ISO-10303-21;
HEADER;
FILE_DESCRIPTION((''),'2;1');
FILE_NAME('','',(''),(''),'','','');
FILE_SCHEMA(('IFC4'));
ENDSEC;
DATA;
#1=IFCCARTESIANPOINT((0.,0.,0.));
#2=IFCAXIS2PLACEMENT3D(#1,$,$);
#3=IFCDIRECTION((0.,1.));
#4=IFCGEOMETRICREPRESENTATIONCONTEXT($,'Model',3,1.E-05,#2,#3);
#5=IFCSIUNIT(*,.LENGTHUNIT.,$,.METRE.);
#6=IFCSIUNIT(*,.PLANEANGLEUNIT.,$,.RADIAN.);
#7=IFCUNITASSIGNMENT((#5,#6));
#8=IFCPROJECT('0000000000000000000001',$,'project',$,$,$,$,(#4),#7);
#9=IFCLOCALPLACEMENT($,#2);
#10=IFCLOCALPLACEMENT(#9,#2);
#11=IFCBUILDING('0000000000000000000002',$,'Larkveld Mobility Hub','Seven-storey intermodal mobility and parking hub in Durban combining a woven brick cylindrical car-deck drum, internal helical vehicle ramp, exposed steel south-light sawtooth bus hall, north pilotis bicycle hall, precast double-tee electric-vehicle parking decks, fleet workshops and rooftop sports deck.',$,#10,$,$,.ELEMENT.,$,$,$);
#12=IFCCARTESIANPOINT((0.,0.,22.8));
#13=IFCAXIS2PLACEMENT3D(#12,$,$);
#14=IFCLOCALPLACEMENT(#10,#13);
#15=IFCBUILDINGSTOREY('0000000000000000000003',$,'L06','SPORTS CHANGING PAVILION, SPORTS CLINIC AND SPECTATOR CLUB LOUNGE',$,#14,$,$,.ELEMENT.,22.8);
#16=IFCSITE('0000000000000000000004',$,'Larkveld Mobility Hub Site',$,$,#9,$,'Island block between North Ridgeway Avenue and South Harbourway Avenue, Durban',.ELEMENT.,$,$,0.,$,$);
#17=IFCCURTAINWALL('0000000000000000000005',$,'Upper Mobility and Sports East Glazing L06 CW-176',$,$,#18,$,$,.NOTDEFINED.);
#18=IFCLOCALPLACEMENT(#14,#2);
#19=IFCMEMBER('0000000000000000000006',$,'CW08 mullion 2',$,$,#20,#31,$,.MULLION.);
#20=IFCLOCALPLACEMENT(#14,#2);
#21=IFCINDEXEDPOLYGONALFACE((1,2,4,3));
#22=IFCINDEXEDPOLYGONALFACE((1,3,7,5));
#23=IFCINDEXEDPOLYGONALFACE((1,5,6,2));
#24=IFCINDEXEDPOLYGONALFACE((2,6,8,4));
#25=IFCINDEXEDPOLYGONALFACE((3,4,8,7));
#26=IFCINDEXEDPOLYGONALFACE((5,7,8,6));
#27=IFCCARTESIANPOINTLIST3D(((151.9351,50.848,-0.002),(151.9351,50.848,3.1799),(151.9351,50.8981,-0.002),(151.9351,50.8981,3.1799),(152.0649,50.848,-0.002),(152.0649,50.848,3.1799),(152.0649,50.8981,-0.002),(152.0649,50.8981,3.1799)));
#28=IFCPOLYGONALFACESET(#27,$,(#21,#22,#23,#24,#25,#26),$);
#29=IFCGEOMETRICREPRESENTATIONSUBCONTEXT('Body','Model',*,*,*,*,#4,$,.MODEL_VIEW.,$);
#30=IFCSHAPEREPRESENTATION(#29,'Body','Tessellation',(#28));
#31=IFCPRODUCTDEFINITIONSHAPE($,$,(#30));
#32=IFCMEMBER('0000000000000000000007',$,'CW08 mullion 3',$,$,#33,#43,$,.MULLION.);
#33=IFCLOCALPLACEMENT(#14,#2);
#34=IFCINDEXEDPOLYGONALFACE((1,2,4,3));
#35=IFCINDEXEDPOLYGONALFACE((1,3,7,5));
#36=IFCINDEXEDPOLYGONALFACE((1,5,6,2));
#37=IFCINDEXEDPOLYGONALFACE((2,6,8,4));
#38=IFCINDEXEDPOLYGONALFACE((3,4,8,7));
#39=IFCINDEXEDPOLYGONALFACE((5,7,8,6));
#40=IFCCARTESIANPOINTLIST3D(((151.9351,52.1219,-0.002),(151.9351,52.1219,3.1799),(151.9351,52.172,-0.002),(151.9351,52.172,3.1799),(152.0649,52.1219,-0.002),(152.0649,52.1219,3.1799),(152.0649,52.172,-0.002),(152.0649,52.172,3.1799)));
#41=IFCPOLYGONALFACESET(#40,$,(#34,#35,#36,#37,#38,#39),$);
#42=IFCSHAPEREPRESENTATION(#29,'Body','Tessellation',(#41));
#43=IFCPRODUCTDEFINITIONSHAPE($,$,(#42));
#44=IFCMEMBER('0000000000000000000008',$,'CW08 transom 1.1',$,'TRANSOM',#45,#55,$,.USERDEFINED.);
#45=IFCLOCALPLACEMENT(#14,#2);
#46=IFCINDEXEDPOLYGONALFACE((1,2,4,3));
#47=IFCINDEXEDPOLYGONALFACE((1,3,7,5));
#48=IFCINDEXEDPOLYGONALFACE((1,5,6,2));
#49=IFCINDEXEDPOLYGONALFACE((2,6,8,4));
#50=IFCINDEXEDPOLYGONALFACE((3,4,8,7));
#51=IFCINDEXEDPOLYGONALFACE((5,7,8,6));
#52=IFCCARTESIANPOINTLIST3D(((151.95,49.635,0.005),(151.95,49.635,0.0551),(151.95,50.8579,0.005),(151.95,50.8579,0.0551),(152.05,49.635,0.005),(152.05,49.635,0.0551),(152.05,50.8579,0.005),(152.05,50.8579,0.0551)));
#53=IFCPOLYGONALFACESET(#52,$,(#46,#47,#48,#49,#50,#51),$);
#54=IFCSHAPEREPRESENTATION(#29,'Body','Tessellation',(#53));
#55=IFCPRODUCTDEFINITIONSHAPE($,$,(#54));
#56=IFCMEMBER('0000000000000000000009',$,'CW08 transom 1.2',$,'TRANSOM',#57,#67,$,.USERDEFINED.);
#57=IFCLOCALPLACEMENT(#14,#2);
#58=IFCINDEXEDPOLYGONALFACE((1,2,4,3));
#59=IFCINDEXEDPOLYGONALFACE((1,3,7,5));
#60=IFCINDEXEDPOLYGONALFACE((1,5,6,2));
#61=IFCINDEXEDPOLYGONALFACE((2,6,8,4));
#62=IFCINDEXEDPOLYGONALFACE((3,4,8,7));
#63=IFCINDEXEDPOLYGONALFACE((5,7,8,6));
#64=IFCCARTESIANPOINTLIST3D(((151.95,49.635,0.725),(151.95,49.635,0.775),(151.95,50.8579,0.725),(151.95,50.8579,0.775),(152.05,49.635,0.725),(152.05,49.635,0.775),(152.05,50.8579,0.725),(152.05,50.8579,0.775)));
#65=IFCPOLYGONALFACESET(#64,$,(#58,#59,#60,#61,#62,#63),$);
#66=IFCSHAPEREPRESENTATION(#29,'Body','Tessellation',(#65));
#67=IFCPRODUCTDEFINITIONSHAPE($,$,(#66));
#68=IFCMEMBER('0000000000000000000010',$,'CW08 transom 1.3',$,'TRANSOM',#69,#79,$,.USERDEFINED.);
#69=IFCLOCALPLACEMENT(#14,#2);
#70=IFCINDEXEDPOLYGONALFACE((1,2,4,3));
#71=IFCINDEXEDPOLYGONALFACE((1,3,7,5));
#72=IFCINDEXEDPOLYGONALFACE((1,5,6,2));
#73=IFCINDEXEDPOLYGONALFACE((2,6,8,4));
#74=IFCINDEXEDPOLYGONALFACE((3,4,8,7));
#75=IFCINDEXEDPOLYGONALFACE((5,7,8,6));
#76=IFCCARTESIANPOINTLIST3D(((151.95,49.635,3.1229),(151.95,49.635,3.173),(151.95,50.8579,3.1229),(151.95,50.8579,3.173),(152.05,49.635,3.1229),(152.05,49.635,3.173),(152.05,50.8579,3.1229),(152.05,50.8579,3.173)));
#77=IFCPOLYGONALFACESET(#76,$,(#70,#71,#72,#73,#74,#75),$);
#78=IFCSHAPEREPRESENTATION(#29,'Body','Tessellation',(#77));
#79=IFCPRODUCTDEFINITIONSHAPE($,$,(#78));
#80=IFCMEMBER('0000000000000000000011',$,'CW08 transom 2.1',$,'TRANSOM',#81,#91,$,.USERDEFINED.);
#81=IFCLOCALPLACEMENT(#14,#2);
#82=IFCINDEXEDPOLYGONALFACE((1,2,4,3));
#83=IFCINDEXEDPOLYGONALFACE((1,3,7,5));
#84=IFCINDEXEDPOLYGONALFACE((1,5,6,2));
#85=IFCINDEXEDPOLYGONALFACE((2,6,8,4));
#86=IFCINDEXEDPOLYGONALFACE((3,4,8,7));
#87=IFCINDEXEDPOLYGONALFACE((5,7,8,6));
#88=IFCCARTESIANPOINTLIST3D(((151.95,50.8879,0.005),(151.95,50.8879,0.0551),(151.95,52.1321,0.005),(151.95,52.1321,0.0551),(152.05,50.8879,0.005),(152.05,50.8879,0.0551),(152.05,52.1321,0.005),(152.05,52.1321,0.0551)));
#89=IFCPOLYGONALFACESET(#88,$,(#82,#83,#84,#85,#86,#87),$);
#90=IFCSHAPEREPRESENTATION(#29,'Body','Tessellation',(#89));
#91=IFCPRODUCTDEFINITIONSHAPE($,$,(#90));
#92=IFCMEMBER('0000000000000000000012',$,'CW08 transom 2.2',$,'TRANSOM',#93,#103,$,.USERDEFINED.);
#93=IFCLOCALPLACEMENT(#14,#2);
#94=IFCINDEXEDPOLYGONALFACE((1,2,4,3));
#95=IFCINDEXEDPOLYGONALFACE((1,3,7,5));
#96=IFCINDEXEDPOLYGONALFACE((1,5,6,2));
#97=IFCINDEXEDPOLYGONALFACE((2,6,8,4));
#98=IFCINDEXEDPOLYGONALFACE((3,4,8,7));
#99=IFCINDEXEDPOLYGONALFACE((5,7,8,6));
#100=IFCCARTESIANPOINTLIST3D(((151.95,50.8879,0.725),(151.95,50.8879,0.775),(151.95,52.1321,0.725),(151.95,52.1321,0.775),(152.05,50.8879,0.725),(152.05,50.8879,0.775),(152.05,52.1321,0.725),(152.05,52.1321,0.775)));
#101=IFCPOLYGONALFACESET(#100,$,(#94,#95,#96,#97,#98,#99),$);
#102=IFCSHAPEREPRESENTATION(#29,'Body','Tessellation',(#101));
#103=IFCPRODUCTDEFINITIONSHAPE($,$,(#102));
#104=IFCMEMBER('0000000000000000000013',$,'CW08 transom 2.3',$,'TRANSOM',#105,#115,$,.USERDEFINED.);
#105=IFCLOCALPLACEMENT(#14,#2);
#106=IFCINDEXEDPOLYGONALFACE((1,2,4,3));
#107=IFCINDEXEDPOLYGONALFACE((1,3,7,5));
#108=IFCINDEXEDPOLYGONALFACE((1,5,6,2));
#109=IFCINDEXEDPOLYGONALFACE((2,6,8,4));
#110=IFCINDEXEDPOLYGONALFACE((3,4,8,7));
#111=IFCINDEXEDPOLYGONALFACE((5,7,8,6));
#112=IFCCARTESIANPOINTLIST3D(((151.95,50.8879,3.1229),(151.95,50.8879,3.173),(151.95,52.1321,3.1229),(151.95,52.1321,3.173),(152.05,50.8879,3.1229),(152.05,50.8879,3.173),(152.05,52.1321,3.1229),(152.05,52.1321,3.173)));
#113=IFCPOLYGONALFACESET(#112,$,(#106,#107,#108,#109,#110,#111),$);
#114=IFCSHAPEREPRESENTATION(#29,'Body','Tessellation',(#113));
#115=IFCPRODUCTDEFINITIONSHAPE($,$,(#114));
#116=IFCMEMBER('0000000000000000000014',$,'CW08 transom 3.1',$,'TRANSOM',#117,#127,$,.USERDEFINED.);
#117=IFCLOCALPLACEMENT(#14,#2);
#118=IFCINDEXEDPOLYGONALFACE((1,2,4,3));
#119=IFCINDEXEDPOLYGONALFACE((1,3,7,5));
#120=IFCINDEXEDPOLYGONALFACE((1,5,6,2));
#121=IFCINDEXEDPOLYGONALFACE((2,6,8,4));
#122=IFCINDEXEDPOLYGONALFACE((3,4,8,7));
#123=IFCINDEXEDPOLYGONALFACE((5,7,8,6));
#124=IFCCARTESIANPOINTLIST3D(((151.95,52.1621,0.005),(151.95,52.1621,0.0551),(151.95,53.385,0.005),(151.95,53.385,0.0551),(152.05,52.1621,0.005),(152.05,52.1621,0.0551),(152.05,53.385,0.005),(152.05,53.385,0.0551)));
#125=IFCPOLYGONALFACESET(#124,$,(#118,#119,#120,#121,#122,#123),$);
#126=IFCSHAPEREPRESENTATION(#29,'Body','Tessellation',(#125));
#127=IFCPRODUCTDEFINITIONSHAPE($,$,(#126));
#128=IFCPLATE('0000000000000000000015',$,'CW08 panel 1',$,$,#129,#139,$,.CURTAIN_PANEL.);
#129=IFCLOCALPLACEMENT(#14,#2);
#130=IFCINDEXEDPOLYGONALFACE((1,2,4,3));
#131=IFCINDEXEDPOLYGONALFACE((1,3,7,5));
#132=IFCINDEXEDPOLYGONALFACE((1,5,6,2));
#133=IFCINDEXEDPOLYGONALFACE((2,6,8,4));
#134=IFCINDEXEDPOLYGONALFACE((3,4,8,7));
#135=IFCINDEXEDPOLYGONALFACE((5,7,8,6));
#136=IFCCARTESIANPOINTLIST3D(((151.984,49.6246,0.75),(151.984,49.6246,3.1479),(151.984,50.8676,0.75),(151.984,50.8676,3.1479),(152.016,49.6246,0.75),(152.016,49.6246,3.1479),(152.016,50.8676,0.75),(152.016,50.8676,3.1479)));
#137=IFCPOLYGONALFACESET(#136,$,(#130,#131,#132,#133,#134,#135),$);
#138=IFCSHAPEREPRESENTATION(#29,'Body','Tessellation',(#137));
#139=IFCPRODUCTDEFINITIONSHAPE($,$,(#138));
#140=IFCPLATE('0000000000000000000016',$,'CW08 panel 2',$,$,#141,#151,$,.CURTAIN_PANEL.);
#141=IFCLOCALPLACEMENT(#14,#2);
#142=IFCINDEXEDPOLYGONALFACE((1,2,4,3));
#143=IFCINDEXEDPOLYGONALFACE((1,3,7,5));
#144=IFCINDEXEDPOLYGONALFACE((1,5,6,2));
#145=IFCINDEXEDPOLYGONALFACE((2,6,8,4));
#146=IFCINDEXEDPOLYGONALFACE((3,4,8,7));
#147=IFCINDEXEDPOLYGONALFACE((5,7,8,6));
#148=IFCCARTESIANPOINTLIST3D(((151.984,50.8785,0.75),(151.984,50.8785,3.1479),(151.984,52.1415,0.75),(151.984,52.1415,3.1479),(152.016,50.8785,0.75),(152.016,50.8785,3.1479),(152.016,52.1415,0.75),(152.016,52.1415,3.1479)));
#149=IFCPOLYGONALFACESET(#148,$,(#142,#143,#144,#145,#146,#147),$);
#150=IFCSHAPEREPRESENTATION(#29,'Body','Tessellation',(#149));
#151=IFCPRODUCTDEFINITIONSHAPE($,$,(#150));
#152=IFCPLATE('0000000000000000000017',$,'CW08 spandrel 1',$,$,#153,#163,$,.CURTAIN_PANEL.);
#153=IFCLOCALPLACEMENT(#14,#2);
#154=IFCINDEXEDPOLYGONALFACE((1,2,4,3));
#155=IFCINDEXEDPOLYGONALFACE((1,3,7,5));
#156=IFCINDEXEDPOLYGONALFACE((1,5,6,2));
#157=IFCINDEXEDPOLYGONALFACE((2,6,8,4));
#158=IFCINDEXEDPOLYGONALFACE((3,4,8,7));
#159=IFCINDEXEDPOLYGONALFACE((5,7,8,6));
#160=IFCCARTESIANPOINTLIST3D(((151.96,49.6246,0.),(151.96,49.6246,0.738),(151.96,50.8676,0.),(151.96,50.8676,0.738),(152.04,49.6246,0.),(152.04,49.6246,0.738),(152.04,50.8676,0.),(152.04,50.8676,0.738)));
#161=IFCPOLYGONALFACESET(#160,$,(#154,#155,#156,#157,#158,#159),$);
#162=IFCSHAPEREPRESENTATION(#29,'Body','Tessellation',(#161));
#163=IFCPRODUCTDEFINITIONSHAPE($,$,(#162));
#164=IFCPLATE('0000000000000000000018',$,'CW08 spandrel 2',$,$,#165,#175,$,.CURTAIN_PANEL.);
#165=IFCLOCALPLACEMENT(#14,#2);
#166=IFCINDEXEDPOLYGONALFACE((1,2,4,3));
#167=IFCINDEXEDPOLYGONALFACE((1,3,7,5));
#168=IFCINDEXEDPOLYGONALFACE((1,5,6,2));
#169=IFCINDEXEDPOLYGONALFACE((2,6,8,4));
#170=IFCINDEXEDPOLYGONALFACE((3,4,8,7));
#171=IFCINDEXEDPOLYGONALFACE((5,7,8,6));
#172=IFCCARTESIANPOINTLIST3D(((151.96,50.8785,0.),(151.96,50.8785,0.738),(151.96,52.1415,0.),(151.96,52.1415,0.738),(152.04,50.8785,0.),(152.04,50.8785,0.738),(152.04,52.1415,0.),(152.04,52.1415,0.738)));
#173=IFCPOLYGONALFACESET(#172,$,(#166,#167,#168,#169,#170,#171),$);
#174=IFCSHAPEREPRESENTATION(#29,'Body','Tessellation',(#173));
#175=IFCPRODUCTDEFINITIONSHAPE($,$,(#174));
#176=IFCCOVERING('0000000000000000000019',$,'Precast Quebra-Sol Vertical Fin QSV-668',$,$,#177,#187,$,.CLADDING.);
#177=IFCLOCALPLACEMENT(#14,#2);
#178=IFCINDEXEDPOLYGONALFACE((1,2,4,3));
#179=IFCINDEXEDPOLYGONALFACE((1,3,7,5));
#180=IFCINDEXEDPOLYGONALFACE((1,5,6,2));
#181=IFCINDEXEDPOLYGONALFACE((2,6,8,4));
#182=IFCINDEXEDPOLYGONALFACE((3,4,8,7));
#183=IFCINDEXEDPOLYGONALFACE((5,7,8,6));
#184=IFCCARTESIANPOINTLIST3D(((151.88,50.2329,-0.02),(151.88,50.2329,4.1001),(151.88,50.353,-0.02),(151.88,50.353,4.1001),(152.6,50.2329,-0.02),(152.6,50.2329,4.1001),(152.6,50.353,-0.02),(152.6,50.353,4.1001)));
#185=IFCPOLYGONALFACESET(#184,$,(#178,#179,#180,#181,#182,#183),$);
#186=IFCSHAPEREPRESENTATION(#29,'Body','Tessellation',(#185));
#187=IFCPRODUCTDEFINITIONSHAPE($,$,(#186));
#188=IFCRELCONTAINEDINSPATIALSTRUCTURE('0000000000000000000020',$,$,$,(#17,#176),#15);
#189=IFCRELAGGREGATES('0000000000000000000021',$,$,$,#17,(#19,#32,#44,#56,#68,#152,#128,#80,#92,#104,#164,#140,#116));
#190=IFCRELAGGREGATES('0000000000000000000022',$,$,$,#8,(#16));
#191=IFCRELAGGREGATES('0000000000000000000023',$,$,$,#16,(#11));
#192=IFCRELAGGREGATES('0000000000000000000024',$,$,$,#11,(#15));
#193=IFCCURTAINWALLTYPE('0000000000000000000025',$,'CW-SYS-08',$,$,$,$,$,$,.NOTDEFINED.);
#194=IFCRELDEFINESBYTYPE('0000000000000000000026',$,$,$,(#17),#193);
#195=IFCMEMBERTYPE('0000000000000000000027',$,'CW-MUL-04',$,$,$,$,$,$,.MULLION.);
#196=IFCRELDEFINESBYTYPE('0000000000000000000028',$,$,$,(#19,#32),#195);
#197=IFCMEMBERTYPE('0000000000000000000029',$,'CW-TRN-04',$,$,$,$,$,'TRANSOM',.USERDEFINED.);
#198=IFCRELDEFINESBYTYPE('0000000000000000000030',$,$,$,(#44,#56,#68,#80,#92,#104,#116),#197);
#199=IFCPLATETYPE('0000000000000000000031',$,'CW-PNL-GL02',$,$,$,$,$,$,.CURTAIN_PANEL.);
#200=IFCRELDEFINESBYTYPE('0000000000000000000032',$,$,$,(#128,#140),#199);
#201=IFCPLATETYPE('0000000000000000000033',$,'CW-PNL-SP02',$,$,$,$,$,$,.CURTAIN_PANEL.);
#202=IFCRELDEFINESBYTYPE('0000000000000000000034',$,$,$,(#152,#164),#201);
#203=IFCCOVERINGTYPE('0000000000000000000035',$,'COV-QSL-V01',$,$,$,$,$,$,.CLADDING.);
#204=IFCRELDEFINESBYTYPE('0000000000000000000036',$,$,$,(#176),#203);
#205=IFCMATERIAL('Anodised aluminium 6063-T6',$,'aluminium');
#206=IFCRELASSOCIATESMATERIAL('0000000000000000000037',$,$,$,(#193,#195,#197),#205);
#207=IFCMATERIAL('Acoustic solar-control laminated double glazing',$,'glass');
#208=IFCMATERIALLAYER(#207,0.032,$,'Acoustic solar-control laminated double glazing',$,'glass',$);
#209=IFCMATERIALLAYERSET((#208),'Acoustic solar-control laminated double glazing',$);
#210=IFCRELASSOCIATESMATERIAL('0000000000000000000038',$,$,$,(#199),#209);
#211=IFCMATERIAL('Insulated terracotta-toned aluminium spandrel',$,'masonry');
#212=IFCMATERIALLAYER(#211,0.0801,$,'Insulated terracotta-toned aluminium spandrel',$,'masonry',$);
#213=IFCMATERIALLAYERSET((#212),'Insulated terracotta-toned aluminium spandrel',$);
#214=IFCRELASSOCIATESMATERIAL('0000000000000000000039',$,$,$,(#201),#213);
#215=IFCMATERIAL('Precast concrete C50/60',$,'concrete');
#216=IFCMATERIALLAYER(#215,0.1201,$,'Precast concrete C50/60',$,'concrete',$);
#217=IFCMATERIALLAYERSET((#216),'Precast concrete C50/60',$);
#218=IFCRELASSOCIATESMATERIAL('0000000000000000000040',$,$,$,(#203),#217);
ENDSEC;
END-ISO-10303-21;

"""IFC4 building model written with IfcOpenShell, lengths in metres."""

from ifc_helpers import new_model, si_unit, direction, frame, origin, origin_2d, place, context, subcontext, project, spatial, rectangle, extrude, material, layer, layer_set, material_profile, profile_set, type_object, element, aggregate, save


model = new_model("IFC4")

# Units and contexts
model_context = context("Model", 3, precision=1e-05, world=origin(), true_north=direction((0.0, 1.0)))
body_context = subcontext(model_context, "Body", "Model", "MODEL_VIEW")
ifc_project = project(units=[si_unit("LENGTHUNIT", "METRE"), si_unit("PLANEANGLEUNIT", "RADIAN")], contexts=[model_context])

# Site, building, storey
site_placement = place(None, origin())
site = spatial("IfcSite", under=ifc_project, at=site_placement, Name="Larkveld Mobility Hub Site", LongName="Island block between North Ridgeway Avenue and South Harbourway Avenue, Durban", CompositionType="ELEMENT", RefElevation=0.0)
building_placement = place(site_placement, origin())
building = spatial("IfcBuilding", under=site, at=building_placement, Name="Larkveld Mobility Hub", Description="Seven-storey intermodal mobility and parking hub in Durban combining a woven brick cylindrical car-deck drum, internal helical vehicle ramp, exposed steel south-light sawtooth bus hall, north pilotis bicycle hall, precast double-tee electric-vehicle parking decks, fleet workshops and rooftop sports deck.", CompositionType="ELEMENT")
storey_placement = place(building_placement, frame((0.0, 0.0, 22.8)))
storey = spatial("IfcBuildingStorey", under=building, at=storey_placement, Name="L06", Description="SPORTS CHANGING PAVILION, SPORTS CLINIC AND SPECTATOR CLUB LOUNGE", CompositionType="ELEMENT", Elevation=22.8)

# Curtain wall, members, plates
ifc_material_1 = material(Name="Anodised aluminium 6063-T6", Category="aluminium")
curtain_wall_type = type_object("IfcCurtainWallType", Name="CW-SYS-08", PredefinedType="NOTDEFINED", material=ifc_material_1)
curtain_wall_placement = place(storey_placement, origin())
curtain_wall = element("IfcCurtainWall", 1, at=curtain_wall_placement, inside=storey, type_object=curtain_wall_type, Name="Upper Mobility and Sports East Glazing L06 CW-176", PredefinedType="NOTDEFINED")
ifc_material_profile_1 = material_profile(ifc_material_1, rectangle(XDim=0.05, YDim=0.1299, at=origin_2d()), Name="ALU MULL 50x130")
ifc_profile_set_1 = profile_set([ifc_material_profile_1], Name="Anodised aluminium 6063-T6")
member_type_1 = type_object("IfcMemberType", Name="CW-MUL-04", PredefinedType="MULLION", material=ifc_profile_set_1)
member_1_placement = place(storey_placement, frame((152.0, 50.873, -0.002), z_axis=(0.0, 0.0, 1.0), x_axis=(0.0, 1.0, 0.0)))
member_1 = element("IfcMember", 2, at=member_1_placement, type_object=member_type_1, Name="CW08 mullion 2", PredefinedType="MULLION", context=body_context, shape_type="SweptSolid", body=[
    extrude(rectangle(XDim=0.05, YDim=0.1299, at=origin_2d()), origin(), (0.0, 0.0, 1.0), 3.1819),
])
member_2_placement = place(storey_placement, frame((152.0, 52.147, -0.002), z_axis=(0.0, 0.0, 1.0), x_axis=(0.0, 1.0, 0.0)))
member_2 = element("IfcMember", 3, at=member_2_placement, type_object=member_type_1, Name="CW08 mullion 3", PredefinedType="MULLION", context=body_context, shape_type="SweptSolid", body=[
    extrude(rectangle(XDim=0.05, YDim=0.1299, at=origin_2d()), origin(), (0.0, 0.0, 1.0), 3.1819),
])
ifc_material_profile_2 = material_profile(ifc_material_1, rectangle(XDim=0.1001, YDim=0.05, at=origin_2d()), Name="ALU TRAN 50x100")
ifc_profile_set_2 = profile_set([ifc_material_profile_2], Name="Anodised aluminium 6063-T6")
member_type_2 = type_object("IfcMemberType", Name="CW-TRN-04", ElementType="TRANSOM", PredefinedType="USERDEFINED", material=ifc_profile_set_2)
member_3_placement = place(storey_placement, frame((152.0, 49.635, 0.03), z_axis=(0.0, 1.0, 0.0), x_axis=(-1.0, 0.0, 0.0)))
member_3 = element("IfcMember", 4, at=member_3_placement, type_object=member_type_2, Name="CW08 transom 1.1", ObjectType="TRANSOM", PredefinedType="USERDEFINED", context=body_context, shape_type="SweptSolid", body=[
    extrude(rectangle(XDim=0.1001, YDim=0.05, at=origin_2d()), origin(), (0.0, 0.0, 1.0), 1.2229),
])
member_4_placement = place(storey_placement, frame((152.0, 49.635, 0.75), z_axis=(0.0, 1.0, 0.0), x_axis=(-1.0, 0.0, 0.0)))
member_4 = element("IfcMember", 5, at=member_4_placement, type_object=member_type_2, Name="CW08 transom 1.2", ObjectType="TRANSOM", PredefinedType="USERDEFINED", context=body_context, shape_type="SweptSolid", body=[
    extrude(rectangle(XDim=0.1001, YDim=0.05, at=origin_2d()), origin(), (0.0, 0.0, 1.0), 1.2229),
])
member_5_placement = place(storey_placement, frame((152.0, 49.635, 3.1479), z_axis=(0.0, 1.0, 0.0), x_axis=(-1.0, 0.0, 0.0)))
member_5 = element("IfcMember", 6, at=member_5_placement, type_object=member_type_2, Name="CW08 transom 1.3", ObjectType="TRANSOM", PredefinedType="USERDEFINED", context=body_context, shape_type="SweptSolid", body=[
    extrude(rectangle(XDim=0.1001, YDim=0.05, at=origin_2d()), origin(), (0.0, 0.0, 1.0), 1.2229),
])
member_6_placement = place(storey_placement, frame((152.0, 50.8879, 0.03), z_axis=(0.0, 1.0, 0.0), x_axis=(-1.0, 0.0, 0.0)))
member_6 = element("IfcMember", 7, at=member_6_placement, type_object=member_type_2, Name="CW08 transom 2.1", ObjectType="TRANSOM", PredefinedType="USERDEFINED", context=body_context, shape_type="SweptSolid", body=[
    extrude(rectangle(XDim=0.1001, YDim=0.05, at=origin_2d()), origin(), (0.0, 0.0, 1.0), 1.2441),
])
member_7_placement = place(storey_placement, frame((152.0, 50.8879, 0.75), z_axis=(0.0, 1.0, 0.0), x_axis=(-1.0, 0.0, 0.0)))
member_7 = element("IfcMember", 8, at=member_7_placement, type_object=member_type_2, Name="CW08 transom 2.2", ObjectType="TRANSOM", PredefinedType="USERDEFINED", context=body_context, shape_type="SweptSolid", body=[
    extrude(rectangle(XDim=0.1001, YDim=0.05, at=origin_2d()), origin(), (0.0, 0.0, 1.0), 1.2441),
])
member_8_placement = place(storey_placement, frame((152.0, 50.8879, 3.1479), z_axis=(0.0, 1.0, 0.0), x_axis=(-1.0, 0.0, 0.0)))
member_8 = element("IfcMember", 9, at=member_8_placement, type_object=member_type_2, Name="CW08 transom 2.3", ObjectType="TRANSOM", PredefinedType="USERDEFINED", context=body_context, shape_type="SweptSolid", body=[
    extrude(rectangle(XDim=0.1001, YDim=0.05, at=origin_2d()), origin(), (0.0, 0.0, 1.0), 1.2441),
])
member_9_placement = place(storey_placement, frame((152.0, 52.1621, 0.03), z_axis=(0.0, 1.0, 0.0), x_axis=(-1.0, 0.0, 0.0)))
member_9 = element("IfcMember", 10, at=member_9_placement, type_object=member_type_2, Name="CW08 transom 3.1", ObjectType="TRANSOM", PredefinedType="USERDEFINED", context=body_context, shape_type="SweptSolid", body=[
    extrude(rectangle(XDim=0.1001, YDim=0.05, at=origin_2d()), origin(), (0.0, 0.0, 1.0), 1.2229),
])
ifc_material_2 = material(Name="Acoustic solar-control laminated double glazing", Category="glass")
ifc_layer_1 = layer(ifc_material_2, 0.032, Name="Acoustic solar-control laminated double glazing", Category="glass")
ifc_layer_set_1 = layer_set([ifc_layer_1], Name="Acoustic solar-control laminated double glazing")
plate_type_1 = type_object("IfcPlateType", Name="CW-PNL-GL02", PredefinedType="CURTAIN_PANEL", material=ifc_layer_set_1)
plate_1_placement = place(storey_placement, frame((152.0, 50.2461, 0.75), z_axis=(0.0, 0.0, 1.0), x_axis=(0.0, 1.0, 0.0)))
plate_1 = element("IfcPlate", 11, at=plate_1_placement, type_object=plate_type_1, Name="CW08 panel 1", PredefinedType="CURTAIN_PANEL", context=body_context, shape_type="SweptSolid", body=[
    extrude(rectangle(XDim=1.2429, YDim=0.032, at=origin_2d()), origin(), (0.0, 0.0, 1.0), 2.3979),
])
plate_2_placement = place(storey_placement, frame((152.0, 51.51, 0.75), z_axis=(0.0, 0.0, 1.0), x_axis=(0.0, 1.0, 0.0)))
plate_2 = element("IfcPlate", 12, at=plate_2_placement, type_object=plate_type_1, Name="CW08 panel 2", PredefinedType="CURTAIN_PANEL", context=body_context, shape_type="SweptSolid", body=[
    extrude(rectangle(XDim=1.2629, YDim=0.032, at=origin_2d()), origin(), (0.0, 0.0, 1.0), 2.3979),
])
ifc_material_3 = material(Name="Insulated terracotta-toned aluminium spandrel", Category="masonry")
ifc_layer_2 = layer(ifc_material_3, 0.0801, Name="Insulated terracotta-toned aluminium spandrel", Category="masonry")
ifc_layer_set_2 = layer_set([ifc_layer_2], Name="Insulated terracotta-toned aluminium spandrel")
plate_type_2 = type_object("IfcPlateType", Name="CW-PNL-SP02", PredefinedType="CURTAIN_PANEL", material=ifc_layer_set_2)
plate_3_placement = place(storey_placement, frame((152.0, 50.2461, 0.0), z_axis=(0.0, 0.0, 1.0), x_axis=(0.0, 1.0, 0.0)))
plate_3 = element("IfcPlate", 13, at=plate_3_placement, type_object=plate_type_2, Name="CW08 spandrel 1", PredefinedType="CURTAIN_PANEL", context=body_context, shape_type="SweptSolid", body=[
    extrude(rectangle(XDim=1.2429, YDim=0.0801, at=origin_2d()), origin(), (0.0, 0.0, 1.0), 0.738),
])
plate_4_placement = place(storey_placement, frame((152.0, 51.51, 0.0), z_axis=(0.0, 0.0, 1.0), x_axis=(0.0, 1.0, 0.0)))
plate_4 = element("IfcPlate", 14, at=plate_4_placement, type_object=plate_type_2, Name="CW08 spandrel 2", PredefinedType="CURTAIN_PANEL", context=body_context, shape_type="SweptSolid", body=[
    extrude(rectangle(XDim=1.2629, YDim=0.0801, at=origin_2d()), origin(), (0.0, 0.0, 1.0), 0.738),
])
aggregate(curtain_wall, [member_1, member_2, member_3, member_4, member_5, plate_3, plate_1, member_6, member_7, member_8, plate_4, plate_2, member_9])

# Covering
ifc_material_4 = material(Name="Precast concrete C50/60", Category="concrete")
ifc_layer_3 = layer(ifc_material_4, 0.1201, Name="Precast concrete C50/60", Category="concrete")
ifc_layer_set_3 = layer_set([ifc_layer_3], Name="Precast concrete C50/60")
covering_type = type_object("IfcCoveringType", Name="COV-QSL-V01", PredefinedType="CLADDING", material=ifc_layer_set_3)
covering_placement = place(storey_placement, frame((152.24, 50.293, -0.02), z_axis=(0.0, 0.0, 1.0), x_axis=(0.0, 1.0, 0.0)))
element("IfcCovering", 15, at=covering_placement, inside=storey, type_object=covering_type, Name="Precast Quebra-Sol Vertical Fin QSV-668", PredefinedType="CLADDING", context=body_context, shape_type="SweptSolid", body=[
    extrude(rectangle(XDim=0.1201, YDim=0.72, at=origin_2d()), origin(), (0.0, 0.0, 1.0), 4.1201),
])

save(model, "model.ifc")
